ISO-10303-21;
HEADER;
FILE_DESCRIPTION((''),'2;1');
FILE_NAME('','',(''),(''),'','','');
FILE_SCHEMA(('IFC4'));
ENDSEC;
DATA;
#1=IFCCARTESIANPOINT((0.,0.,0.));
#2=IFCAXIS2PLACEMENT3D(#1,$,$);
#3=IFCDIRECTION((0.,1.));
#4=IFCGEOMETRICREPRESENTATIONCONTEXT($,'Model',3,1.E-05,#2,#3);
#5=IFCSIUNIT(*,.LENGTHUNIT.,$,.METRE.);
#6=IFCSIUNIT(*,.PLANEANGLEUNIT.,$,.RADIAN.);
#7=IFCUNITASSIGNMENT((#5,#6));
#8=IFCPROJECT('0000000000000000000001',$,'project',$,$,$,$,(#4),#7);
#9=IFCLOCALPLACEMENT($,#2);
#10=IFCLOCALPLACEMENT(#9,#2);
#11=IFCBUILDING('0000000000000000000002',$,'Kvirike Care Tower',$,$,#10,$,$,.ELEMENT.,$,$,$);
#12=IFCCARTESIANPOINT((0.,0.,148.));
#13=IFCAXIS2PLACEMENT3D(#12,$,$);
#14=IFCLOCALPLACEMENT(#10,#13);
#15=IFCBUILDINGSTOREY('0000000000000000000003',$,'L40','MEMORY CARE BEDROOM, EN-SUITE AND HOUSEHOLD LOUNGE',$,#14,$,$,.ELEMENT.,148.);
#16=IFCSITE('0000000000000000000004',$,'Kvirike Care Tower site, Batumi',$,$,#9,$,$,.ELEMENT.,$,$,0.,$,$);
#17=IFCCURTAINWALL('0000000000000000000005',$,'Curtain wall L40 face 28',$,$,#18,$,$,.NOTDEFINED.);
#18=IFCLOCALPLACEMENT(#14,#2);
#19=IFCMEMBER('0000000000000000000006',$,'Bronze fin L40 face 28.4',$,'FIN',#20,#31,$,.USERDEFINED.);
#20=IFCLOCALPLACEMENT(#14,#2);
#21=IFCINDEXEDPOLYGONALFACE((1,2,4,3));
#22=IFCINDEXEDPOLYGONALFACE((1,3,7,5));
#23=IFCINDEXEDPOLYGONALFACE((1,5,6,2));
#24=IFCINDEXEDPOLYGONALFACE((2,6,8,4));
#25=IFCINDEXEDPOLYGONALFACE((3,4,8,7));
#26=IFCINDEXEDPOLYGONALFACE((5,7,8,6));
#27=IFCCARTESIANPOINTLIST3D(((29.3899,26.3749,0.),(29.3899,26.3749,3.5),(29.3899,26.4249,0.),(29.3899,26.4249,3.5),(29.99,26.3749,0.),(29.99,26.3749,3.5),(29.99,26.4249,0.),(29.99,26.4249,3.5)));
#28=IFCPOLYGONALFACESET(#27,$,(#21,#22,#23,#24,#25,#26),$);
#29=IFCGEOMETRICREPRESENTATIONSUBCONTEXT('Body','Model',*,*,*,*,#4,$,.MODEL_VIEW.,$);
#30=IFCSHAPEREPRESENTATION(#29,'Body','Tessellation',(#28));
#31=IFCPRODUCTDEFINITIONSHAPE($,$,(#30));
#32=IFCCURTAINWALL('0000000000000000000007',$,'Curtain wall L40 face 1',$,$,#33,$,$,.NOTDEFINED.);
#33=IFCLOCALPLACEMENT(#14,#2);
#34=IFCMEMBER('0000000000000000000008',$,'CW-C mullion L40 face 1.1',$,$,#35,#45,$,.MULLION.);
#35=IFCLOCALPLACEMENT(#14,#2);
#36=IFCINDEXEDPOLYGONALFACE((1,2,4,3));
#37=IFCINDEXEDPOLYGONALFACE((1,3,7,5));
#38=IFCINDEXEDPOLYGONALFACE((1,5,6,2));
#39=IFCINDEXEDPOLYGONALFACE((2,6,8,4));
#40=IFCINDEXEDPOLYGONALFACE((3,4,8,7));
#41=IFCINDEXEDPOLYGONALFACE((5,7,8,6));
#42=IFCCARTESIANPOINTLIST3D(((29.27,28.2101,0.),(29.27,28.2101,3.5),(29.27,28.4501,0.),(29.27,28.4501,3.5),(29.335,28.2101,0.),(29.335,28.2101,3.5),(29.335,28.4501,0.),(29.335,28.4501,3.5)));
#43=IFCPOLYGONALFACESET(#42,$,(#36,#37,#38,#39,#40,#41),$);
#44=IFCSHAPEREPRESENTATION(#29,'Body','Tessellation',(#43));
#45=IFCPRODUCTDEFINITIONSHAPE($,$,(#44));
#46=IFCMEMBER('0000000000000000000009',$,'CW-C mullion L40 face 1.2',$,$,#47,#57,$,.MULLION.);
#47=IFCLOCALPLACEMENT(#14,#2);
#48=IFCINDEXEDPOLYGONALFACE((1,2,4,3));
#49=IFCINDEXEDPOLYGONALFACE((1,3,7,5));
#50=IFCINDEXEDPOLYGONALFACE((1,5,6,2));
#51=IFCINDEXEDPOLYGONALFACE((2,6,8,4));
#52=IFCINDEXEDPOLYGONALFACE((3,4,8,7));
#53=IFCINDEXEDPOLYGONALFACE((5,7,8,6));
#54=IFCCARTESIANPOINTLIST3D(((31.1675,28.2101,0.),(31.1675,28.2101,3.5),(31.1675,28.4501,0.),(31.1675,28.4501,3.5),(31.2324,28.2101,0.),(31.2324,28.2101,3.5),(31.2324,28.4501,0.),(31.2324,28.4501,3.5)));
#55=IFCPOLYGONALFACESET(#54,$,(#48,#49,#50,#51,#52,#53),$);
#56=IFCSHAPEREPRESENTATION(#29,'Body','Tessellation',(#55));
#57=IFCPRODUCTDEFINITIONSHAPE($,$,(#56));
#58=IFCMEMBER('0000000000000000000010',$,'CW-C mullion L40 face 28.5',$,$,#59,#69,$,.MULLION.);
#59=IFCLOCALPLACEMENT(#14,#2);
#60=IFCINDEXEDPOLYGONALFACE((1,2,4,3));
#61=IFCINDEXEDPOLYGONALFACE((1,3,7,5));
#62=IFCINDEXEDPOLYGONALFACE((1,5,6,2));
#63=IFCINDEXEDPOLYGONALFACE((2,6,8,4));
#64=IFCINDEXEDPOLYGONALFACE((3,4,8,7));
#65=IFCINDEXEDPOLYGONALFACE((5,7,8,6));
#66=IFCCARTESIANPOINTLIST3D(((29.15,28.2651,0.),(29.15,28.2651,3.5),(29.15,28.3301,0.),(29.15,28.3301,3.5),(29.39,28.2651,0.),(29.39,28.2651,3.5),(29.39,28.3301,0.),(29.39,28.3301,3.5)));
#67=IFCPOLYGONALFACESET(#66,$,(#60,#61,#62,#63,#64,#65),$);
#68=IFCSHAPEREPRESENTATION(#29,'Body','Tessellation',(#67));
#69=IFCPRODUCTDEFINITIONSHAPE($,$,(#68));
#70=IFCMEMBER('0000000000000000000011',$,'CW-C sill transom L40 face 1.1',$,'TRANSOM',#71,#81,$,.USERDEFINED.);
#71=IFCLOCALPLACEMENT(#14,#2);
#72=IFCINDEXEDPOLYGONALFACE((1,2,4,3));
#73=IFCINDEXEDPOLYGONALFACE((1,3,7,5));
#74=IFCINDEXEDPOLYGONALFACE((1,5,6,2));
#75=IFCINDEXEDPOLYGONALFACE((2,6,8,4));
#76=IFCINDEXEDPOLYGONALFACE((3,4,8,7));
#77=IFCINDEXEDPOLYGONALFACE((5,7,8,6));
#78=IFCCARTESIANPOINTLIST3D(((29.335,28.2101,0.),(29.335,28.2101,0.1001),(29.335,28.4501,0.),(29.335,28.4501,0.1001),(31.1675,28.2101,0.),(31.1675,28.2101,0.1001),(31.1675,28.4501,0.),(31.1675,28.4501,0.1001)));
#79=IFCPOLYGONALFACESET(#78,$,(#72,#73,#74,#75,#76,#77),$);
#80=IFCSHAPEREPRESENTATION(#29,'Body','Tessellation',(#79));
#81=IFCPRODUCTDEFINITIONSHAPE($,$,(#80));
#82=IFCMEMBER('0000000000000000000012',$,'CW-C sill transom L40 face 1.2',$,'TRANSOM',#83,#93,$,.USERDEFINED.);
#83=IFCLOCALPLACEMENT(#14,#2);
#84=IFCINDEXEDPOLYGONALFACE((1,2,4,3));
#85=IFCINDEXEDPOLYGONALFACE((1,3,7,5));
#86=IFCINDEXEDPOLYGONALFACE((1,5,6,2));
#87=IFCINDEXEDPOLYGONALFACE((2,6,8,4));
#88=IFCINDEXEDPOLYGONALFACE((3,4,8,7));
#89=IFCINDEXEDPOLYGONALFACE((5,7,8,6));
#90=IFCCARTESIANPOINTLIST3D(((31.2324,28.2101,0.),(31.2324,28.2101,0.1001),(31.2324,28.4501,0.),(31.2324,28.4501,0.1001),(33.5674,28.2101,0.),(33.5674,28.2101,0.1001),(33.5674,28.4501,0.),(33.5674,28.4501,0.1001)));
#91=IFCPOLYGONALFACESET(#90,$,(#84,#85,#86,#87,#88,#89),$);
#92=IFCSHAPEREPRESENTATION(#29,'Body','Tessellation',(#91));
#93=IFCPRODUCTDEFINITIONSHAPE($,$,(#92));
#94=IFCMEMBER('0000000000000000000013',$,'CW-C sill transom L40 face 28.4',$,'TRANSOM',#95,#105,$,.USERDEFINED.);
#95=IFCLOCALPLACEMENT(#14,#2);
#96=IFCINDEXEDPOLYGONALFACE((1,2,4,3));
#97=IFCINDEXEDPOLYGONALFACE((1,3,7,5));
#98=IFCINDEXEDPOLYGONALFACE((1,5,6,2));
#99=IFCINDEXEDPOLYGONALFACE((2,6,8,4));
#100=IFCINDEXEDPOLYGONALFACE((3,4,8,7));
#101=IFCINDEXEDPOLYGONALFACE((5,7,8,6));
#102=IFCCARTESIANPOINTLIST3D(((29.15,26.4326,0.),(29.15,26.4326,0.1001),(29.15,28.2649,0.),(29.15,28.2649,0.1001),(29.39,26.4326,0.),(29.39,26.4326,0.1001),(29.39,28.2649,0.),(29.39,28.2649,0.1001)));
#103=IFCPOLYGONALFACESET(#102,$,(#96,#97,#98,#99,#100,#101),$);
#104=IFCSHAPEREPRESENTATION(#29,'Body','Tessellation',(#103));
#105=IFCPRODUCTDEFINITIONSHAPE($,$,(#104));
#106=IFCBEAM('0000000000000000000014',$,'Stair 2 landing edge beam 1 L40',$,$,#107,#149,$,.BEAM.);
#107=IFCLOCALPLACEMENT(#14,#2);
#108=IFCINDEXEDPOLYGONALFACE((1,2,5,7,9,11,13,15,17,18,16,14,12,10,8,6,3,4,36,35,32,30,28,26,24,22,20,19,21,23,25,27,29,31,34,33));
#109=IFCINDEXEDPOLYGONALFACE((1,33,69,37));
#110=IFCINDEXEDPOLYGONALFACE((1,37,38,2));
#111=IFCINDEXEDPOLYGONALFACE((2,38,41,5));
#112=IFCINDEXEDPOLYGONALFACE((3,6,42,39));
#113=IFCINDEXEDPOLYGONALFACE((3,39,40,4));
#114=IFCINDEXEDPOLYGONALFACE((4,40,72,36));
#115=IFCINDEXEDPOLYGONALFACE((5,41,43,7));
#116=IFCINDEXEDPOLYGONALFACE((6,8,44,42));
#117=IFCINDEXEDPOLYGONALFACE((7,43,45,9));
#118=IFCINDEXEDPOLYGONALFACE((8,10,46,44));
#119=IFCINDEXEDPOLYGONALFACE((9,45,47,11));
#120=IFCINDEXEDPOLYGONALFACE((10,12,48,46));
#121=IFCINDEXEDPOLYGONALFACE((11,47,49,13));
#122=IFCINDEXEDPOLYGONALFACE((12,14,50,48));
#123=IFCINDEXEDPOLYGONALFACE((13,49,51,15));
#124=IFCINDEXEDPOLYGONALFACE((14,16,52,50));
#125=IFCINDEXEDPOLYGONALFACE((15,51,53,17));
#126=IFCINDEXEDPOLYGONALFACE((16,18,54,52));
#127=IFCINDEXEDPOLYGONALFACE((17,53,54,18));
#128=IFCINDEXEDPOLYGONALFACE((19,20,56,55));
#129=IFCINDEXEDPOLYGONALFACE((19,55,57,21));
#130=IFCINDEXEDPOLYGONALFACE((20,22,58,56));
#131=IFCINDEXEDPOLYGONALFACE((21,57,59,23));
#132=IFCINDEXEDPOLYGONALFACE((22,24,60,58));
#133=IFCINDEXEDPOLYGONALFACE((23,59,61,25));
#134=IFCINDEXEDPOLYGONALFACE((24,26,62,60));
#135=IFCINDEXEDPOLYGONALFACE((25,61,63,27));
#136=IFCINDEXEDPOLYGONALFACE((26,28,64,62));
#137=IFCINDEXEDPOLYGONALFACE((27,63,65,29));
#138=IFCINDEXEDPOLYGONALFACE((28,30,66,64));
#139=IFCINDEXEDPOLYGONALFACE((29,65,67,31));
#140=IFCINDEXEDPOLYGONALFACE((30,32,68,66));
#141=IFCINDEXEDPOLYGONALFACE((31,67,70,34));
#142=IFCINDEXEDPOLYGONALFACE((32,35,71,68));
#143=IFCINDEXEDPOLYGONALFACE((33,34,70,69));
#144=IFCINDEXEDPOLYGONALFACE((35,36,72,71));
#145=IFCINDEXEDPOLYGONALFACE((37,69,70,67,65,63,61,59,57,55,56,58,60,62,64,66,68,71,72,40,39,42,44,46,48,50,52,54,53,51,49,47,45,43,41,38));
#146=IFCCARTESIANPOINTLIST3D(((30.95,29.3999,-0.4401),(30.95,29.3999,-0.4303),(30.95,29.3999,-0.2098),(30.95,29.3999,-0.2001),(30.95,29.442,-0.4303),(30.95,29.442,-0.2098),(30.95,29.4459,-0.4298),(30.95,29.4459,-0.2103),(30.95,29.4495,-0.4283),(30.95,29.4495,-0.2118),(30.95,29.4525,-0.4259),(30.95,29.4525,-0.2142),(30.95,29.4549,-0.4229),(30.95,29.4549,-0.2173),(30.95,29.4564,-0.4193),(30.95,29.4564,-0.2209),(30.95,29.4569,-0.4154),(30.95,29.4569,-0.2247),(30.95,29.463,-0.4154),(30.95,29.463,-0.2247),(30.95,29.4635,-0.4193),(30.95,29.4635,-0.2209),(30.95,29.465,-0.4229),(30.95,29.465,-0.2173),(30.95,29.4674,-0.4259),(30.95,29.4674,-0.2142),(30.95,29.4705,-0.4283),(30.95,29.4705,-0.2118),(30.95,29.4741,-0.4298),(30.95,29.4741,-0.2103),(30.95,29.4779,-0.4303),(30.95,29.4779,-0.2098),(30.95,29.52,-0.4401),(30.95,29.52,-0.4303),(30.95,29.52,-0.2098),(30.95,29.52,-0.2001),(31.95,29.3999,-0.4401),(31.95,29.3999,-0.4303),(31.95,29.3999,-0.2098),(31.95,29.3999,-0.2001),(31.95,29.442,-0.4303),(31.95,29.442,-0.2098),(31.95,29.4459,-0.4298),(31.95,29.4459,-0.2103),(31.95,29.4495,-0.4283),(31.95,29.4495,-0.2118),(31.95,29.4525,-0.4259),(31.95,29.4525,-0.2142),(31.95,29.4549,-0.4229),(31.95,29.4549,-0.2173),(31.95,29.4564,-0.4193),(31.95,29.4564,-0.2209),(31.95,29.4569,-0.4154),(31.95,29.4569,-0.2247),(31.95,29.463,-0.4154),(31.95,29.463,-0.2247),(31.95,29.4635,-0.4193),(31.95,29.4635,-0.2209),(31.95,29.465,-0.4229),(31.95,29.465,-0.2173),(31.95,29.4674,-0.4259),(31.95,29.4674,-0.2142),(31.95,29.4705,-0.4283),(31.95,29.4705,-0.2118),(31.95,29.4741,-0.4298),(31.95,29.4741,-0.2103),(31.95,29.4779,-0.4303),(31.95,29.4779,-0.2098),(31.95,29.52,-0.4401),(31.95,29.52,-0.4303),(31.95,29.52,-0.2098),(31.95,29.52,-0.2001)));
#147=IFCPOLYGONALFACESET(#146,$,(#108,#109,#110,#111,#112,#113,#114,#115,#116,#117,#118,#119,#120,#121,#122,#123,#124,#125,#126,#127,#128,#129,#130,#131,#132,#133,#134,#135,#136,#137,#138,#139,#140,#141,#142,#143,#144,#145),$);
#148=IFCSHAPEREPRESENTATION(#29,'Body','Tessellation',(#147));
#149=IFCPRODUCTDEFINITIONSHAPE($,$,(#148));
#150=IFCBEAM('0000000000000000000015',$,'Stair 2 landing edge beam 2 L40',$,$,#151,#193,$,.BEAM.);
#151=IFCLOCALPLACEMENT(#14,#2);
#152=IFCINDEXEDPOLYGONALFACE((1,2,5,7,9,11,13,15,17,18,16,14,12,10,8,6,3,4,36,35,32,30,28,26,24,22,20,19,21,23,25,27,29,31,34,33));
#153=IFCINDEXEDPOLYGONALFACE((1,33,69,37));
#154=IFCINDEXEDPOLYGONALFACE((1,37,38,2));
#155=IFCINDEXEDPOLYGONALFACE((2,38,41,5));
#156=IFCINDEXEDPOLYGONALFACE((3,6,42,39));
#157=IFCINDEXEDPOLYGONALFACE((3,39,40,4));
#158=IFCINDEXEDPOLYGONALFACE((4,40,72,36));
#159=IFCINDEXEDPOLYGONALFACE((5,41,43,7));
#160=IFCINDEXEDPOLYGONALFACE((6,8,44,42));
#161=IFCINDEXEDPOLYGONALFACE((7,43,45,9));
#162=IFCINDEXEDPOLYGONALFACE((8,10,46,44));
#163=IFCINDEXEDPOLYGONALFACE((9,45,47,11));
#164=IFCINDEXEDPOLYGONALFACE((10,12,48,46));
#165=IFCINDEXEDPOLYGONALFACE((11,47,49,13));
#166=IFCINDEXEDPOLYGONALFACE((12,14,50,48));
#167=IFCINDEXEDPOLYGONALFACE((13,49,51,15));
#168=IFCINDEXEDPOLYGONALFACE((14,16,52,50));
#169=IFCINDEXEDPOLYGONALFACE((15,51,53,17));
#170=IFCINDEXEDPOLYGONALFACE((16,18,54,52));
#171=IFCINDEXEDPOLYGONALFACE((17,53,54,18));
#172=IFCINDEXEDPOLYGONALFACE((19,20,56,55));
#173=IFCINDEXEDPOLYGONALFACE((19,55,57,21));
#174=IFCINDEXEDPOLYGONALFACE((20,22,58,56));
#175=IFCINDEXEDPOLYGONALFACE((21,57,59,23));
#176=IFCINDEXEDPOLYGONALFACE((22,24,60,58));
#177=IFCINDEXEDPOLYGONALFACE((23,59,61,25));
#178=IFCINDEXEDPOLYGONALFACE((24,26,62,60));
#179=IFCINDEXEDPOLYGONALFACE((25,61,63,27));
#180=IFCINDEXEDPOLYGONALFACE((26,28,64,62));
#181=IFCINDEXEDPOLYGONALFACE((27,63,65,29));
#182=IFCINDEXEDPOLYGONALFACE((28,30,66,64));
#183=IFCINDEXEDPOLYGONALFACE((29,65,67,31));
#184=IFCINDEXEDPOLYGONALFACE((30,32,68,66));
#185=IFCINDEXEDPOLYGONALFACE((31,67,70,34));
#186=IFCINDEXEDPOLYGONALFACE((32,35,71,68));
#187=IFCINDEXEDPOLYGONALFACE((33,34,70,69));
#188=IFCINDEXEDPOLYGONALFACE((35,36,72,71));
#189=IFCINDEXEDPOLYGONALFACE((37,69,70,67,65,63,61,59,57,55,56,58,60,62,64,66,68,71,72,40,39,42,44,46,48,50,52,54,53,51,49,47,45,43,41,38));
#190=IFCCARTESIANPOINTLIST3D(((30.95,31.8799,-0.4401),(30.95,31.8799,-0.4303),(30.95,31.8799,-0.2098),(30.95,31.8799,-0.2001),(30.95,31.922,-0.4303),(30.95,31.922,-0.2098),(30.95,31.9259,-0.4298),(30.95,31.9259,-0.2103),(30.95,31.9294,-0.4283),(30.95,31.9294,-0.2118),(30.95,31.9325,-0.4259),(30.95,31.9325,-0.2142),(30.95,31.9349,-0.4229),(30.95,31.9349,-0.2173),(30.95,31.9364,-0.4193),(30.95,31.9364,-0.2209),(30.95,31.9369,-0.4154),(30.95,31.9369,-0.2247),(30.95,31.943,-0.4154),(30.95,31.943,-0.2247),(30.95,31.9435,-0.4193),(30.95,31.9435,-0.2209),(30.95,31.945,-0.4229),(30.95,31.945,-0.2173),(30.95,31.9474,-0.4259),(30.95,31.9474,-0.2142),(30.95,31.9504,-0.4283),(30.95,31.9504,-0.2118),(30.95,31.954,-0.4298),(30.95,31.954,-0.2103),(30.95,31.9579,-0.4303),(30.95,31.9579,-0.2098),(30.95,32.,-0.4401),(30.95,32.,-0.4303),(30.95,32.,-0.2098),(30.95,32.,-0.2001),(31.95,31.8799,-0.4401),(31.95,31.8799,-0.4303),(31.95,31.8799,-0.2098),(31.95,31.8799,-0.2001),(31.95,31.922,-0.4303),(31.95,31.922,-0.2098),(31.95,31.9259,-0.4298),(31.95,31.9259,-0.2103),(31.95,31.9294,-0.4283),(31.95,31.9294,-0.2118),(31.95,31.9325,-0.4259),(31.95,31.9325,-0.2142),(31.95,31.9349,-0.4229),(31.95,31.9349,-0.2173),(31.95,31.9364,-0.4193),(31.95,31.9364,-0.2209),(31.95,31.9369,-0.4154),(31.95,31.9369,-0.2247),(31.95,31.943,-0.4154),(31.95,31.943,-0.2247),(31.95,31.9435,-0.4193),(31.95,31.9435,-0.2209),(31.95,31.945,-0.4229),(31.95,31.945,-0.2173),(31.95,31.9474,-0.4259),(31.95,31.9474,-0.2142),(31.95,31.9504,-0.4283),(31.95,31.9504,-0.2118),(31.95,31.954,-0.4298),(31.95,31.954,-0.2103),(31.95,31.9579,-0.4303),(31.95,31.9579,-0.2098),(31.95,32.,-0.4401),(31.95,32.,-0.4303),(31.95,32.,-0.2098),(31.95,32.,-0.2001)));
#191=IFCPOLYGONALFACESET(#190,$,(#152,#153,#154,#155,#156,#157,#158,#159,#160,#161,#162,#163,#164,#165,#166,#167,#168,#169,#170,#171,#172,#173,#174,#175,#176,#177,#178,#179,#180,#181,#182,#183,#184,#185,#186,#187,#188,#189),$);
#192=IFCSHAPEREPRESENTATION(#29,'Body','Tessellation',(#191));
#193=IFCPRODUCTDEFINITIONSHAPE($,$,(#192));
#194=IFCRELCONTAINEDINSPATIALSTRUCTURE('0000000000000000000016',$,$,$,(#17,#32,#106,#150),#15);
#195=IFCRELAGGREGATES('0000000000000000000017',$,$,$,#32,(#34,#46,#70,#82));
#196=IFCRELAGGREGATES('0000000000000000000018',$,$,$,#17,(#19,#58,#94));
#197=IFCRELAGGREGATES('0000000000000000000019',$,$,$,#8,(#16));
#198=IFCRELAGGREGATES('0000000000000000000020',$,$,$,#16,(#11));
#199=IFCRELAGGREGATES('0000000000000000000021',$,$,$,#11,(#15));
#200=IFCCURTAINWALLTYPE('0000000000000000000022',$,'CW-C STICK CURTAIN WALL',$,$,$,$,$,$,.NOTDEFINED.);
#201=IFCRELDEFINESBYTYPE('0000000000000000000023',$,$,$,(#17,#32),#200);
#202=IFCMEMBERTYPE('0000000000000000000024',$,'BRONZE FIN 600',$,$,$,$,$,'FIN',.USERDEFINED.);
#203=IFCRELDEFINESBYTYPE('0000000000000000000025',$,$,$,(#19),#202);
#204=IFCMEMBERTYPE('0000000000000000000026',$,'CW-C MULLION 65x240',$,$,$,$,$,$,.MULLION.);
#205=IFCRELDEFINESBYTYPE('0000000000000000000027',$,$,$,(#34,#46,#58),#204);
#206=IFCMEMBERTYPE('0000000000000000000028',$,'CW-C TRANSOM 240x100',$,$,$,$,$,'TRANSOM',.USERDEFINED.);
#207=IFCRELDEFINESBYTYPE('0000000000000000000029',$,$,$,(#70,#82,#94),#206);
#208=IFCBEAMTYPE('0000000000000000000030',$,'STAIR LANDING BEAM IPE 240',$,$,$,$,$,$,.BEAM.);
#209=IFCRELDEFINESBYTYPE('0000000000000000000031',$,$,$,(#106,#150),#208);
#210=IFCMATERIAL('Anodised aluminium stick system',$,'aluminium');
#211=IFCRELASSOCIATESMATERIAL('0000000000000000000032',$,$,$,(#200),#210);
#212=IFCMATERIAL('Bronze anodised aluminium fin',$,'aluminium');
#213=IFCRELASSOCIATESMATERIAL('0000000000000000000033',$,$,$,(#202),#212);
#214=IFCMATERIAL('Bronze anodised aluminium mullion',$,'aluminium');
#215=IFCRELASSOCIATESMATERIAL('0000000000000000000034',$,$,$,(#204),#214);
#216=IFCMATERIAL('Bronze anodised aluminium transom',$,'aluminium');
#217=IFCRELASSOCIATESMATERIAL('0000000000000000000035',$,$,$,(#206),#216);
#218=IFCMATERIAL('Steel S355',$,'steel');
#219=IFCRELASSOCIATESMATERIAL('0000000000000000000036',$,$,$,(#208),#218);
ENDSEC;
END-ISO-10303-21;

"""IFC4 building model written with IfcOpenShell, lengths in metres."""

from ifc_helpers import new_model, si_unit, direction, frame, origin, origin_2d, place, context, subcontext, project, spatial, rectangle, i_section, extrude, material, material_profile, profile_set, type_object, element, aggregate, save


model = new_model("IFC4")

# Units and contexts
model_context = context("Model", 3, precision=1e-05, world=origin(), true_north=direction((0.0, 1.0)))
body_context = subcontext(model_context, "Body", "Model", "MODEL_VIEW")
ifc_project = project(units=[si_unit("LENGTHUNIT", "METRE"), si_unit("PLANEANGLEUNIT", "RADIAN")], contexts=[model_context])

# Site, building, storey
site_placement = place(None, origin())
site = spatial("IfcSite", under=ifc_project, at=site_placement, Name="Kvirike Care Tower site, Batumi", CompositionType="ELEMENT", RefElevation=0.0)
building_placement = place(site_placement, origin())
building = spatial("IfcBuilding", under=site, at=building_placement, Name="Kvirike Care Tower", CompositionType="ELEMENT")
storey_placement = place(building_placement, frame((0.0, 0.0, 148.0)))
storey = spatial("IfcBuildingStorey", under=building, at=storey_placement, Name="L40", Description="MEMORY CARE BEDROOM, EN-SUITE AND HOUSEHOLD LOUNGE", CompositionType="ELEMENT", Elevation=148.0)

# Curtain wall, member
ifc_material_1 = material(Name="Anodised aluminium stick system", Category="aluminium")
curtain_wall_type = type_object("IfcCurtainWallType", Name="CW-C STICK CURTAIN WALL", PredefinedType="NOTDEFINED", material=ifc_material_1)
curtain_wall_1_placement = place(storey_placement, origin())
curtain_wall_1 = element("IfcCurtainWall", 1, at=curtain_wall_1_placement, inside=storey, type_object=curtain_wall_type, Name="Curtain wall L40 face 28", PredefinedType="NOTDEFINED")
ifc_material_2 = material(Name="Bronze anodised aluminium fin", Category="aluminium")
ifc_material_profile_1 = material_profile(ifc_material_2, rectangle(XDim=0.05, YDim=0.6001, at=origin_2d()), Name="BRONZE FIN 600")
ifc_profile_set_1 = profile_set([ifc_material_profile_1], Name="Bronze anodised aluminium fin")
member_type_1 = type_object("IfcMemberType", Name="BRONZE FIN 600", ElementType="FIN", PredefinedType="USERDEFINED", material=ifc_profile_set_1)
member_1_placement = place(storey_placement, frame((29.6899, 26.3999, 0.0), z_axis=(0.0, 0.0, 1.0), x_axis=(0.0, 1.0, 0.0)))
member_1 = element("IfcMember", 2, at=member_1_placement, type_object=member_type_1, Name="Bronze fin L40 face 28.4", ObjectType="FIN", PredefinedType="USERDEFINED", context=body_context, shape_type="SweptSolid", body=[
    extrude(rectangle(XDim=0.05, YDim=0.6001, at=origin_2d()), origin(), (0.0, 0.0, 1.0), 3.5),
])

# Curtain wall, members
curtain_wall_2_placement = place(storey_placement, origin())
curtain_wall_2 = element("IfcCurtainWall", 3, at=curtain_wall_2_placement, inside=storey, type_object=curtain_wall_type, Name="Curtain wall L40 face 1", PredefinedType="NOTDEFINED")
ifc_material_3 = material(Name="Bronze anodised aluminium mullion", Category="aluminium")
ifc_material_profile_2 = material_profile(ifc_material_3, rectangle(XDim=0.0649, YDim=0.24, at=origin_2d()), Name="CW-C MULLION 65x240")
ifc_profile_set_2 = profile_set([ifc_material_profile_2], Name="Bronze anodised aluminium mullion")
member_type_2 = type_object("IfcMemberType", Name="CW-C MULLION 65x240", PredefinedType="MULLION", material=ifc_profile_set_2)
member_2_placement = place(storey_placement, frame((29.3025, 28.3301, 0.0), z_axis=(0.0, 0.0, 1.0), x_axis=(1.0, 0.0, 0.0)))
member_2 = element("IfcMember", 4, at=member_2_placement, type_object=member_type_2, Name="CW-C mullion L40 face 1.1", PredefinedType="MULLION", context=body_context, shape_type="SweptSolid", body=[
    extrude(rectangle(XDim=0.0649, YDim=0.24, at=origin_2d()), origin(), (0.0, 0.0, 1.0), 3.5),
])
member_3_placement = place(storey_placement, frame((31.2, 28.3301, 0.0), z_axis=(0.0, 0.0, 1.0), x_axis=(1.0, 0.0, 0.0)))
member_3 = element("IfcMember", 5, at=member_3_placement, type_object=member_type_2, Name="CW-C mullion L40 face 1.2", PredefinedType="MULLION", context=body_context, shape_type="SweptSolid", body=[
    extrude(rectangle(XDim=0.0649, YDim=0.24, at=origin_2d()), origin(), (0.0, 0.0, 1.0), 3.5),
])

# Members
member_4_placement = place(storey_placement, frame((29.27, 28.2976, 0.0), z_axis=(0.0, 0.0, 1.0), x_axis=(0.0, 1.0, 0.0)))
member_4 = element("IfcMember", 6, at=member_4_placement, type_object=member_type_2, Name="CW-C mullion L40 face 28.5", PredefinedType="MULLION", context=body_context, shape_type="SweptSolid", body=[
    extrude(rectangle(XDim=0.0649, YDim=0.24, at=origin_2d()), origin(), (0.0, 0.0, 1.0), 3.5),
])
ifc_material_4 = material(Name="Bronze anodised aluminium transom", Category="aluminium")
ifc_material_profile_3 = material_profile(ifc_material_4, rectangle(XDim=0.24, YDim=0.1001, at=origin_2d()), Name="CW-C TRANSOM 240x100")
ifc_profile_set_3 = profile_set([ifc_material_profile_3], Name="Bronze anodised aluminium transom")
member_type_3 = type_object("IfcMemberType", Name="CW-C TRANSOM 240x100", ElementType="TRANSOM", PredefinedType="USERDEFINED", material=ifc_profile_set_3)
member_5_placement = place(storey_placement, frame((29.335, 28.3301, 0.05), z_axis=(1.0, 0.0, 0.0), x_axis=(0.0, 1.0, 0.0)))
member_5 = element("IfcMember", 7, at=member_5_placement, type_object=member_type_3, Name="CW-C sill transom L40 face 1.1", ObjectType="TRANSOM", PredefinedType="USERDEFINED", context=body_context, shape_type="SweptSolid", body=[
    extrude(rectangle(XDim=0.24, YDim=0.1001, at=origin_2d()), origin(), (0.0, 0.0, 1.0), 1.8325),
])
member_6_placement = place(storey_placement, frame((31.2324, 28.3301, 0.05), z_axis=(1.0, 0.0, 0.0), x_axis=(0.0, 1.0, 0.0)))
member_6 = element("IfcMember", 8, at=member_6_placement, type_object=member_type_3, Name="CW-C sill transom L40 face 1.2", ObjectType="TRANSOM", PredefinedType="USERDEFINED", context=body_context, shape_type="SweptSolid", body=[
    extrude(rectangle(XDim=0.24, YDim=0.1001, at=origin_2d()), origin(), (0.0, 0.0, 1.0), 2.335),
])
member_7_placement = place(storey_placement, frame((29.27, 26.4326, 0.05), z_axis=(0.0, 1.0, 0.0), x_axis=(-1.0, 0.0, 0.0)))
member_7 = element("IfcMember", 9, at=member_7_placement, type_object=member_type_3, Name="CW-C sill transom L40 face 28.4", ObjectType="TRANSOM", PredefinedType="USERDEFINED", context=body_context, shape_type="SweptSolid", body=[
    extrude(rectangle(XDim=0.24, YDim=0.1001, at=origin_2d()), origin(), (0.0, 0.0, 1.0), 1.8323),
])

# Beams
ifc_material_5 = material(Name="Steel S355", Category="steel")
ifc_material_profile_4 = material_profile(ifc_material_5, i_section(OverallWidth=0.1201, OverallDepth=0.24, WebThickness=0.0061, FlangeThickness=0.0098, FilletRadius=0.0149, at=origin_2d()), Name="IPE 240")
ifc_profile_set_4 = profile_set([ifc_material_profile_4], Name="Steel S355")
beam_type_1 = type_object("IfcBeamType", Name="STAIR LANDING BEAM IPE 240", PredefinedType="BEAM", material=ifc_profile_set_4)
for number, where, z_axis, x_axis, name in (
    (10, (31.95, 29.46, -0.3201), (-1.0, 0.0, 0.0), (0.0, -1.0, 0.0), "Stair 2 landing edge beam 1 L40"),
    (11, (31.95, 31.9399, -0.3201), (-1.0, 0.0, 0.0), (0.0, -1.0, 0.0), "Stair 2 landing edge beam 2 L40"),
):
    element("IfcBeam", number, at=place(storey_placement, frame(where, z_axis=z_axis, x_axis=x_axis)), inside=storey, type_object=beam_type_1, Name=name, PredefinedType="BEAM", context=body_context, shape_type="SweptSolid", body=[
        extrude(i_section(OverallWidth=0.1201, OverallDepth=0.24, WebThickness=0.0061, FlangeThickness=0.0098, FilletRadius=0.0149, at=origin_2d()), origin(), (0.0, 0.0, 1.0), 1.0),
    ])

aggregate(curtain_wall_2, [member_2, member_3, member_5, member_6])
aggregate(curtain_wall_1, [member_1, member_4, member_7])

save(model, "model.ifc")
